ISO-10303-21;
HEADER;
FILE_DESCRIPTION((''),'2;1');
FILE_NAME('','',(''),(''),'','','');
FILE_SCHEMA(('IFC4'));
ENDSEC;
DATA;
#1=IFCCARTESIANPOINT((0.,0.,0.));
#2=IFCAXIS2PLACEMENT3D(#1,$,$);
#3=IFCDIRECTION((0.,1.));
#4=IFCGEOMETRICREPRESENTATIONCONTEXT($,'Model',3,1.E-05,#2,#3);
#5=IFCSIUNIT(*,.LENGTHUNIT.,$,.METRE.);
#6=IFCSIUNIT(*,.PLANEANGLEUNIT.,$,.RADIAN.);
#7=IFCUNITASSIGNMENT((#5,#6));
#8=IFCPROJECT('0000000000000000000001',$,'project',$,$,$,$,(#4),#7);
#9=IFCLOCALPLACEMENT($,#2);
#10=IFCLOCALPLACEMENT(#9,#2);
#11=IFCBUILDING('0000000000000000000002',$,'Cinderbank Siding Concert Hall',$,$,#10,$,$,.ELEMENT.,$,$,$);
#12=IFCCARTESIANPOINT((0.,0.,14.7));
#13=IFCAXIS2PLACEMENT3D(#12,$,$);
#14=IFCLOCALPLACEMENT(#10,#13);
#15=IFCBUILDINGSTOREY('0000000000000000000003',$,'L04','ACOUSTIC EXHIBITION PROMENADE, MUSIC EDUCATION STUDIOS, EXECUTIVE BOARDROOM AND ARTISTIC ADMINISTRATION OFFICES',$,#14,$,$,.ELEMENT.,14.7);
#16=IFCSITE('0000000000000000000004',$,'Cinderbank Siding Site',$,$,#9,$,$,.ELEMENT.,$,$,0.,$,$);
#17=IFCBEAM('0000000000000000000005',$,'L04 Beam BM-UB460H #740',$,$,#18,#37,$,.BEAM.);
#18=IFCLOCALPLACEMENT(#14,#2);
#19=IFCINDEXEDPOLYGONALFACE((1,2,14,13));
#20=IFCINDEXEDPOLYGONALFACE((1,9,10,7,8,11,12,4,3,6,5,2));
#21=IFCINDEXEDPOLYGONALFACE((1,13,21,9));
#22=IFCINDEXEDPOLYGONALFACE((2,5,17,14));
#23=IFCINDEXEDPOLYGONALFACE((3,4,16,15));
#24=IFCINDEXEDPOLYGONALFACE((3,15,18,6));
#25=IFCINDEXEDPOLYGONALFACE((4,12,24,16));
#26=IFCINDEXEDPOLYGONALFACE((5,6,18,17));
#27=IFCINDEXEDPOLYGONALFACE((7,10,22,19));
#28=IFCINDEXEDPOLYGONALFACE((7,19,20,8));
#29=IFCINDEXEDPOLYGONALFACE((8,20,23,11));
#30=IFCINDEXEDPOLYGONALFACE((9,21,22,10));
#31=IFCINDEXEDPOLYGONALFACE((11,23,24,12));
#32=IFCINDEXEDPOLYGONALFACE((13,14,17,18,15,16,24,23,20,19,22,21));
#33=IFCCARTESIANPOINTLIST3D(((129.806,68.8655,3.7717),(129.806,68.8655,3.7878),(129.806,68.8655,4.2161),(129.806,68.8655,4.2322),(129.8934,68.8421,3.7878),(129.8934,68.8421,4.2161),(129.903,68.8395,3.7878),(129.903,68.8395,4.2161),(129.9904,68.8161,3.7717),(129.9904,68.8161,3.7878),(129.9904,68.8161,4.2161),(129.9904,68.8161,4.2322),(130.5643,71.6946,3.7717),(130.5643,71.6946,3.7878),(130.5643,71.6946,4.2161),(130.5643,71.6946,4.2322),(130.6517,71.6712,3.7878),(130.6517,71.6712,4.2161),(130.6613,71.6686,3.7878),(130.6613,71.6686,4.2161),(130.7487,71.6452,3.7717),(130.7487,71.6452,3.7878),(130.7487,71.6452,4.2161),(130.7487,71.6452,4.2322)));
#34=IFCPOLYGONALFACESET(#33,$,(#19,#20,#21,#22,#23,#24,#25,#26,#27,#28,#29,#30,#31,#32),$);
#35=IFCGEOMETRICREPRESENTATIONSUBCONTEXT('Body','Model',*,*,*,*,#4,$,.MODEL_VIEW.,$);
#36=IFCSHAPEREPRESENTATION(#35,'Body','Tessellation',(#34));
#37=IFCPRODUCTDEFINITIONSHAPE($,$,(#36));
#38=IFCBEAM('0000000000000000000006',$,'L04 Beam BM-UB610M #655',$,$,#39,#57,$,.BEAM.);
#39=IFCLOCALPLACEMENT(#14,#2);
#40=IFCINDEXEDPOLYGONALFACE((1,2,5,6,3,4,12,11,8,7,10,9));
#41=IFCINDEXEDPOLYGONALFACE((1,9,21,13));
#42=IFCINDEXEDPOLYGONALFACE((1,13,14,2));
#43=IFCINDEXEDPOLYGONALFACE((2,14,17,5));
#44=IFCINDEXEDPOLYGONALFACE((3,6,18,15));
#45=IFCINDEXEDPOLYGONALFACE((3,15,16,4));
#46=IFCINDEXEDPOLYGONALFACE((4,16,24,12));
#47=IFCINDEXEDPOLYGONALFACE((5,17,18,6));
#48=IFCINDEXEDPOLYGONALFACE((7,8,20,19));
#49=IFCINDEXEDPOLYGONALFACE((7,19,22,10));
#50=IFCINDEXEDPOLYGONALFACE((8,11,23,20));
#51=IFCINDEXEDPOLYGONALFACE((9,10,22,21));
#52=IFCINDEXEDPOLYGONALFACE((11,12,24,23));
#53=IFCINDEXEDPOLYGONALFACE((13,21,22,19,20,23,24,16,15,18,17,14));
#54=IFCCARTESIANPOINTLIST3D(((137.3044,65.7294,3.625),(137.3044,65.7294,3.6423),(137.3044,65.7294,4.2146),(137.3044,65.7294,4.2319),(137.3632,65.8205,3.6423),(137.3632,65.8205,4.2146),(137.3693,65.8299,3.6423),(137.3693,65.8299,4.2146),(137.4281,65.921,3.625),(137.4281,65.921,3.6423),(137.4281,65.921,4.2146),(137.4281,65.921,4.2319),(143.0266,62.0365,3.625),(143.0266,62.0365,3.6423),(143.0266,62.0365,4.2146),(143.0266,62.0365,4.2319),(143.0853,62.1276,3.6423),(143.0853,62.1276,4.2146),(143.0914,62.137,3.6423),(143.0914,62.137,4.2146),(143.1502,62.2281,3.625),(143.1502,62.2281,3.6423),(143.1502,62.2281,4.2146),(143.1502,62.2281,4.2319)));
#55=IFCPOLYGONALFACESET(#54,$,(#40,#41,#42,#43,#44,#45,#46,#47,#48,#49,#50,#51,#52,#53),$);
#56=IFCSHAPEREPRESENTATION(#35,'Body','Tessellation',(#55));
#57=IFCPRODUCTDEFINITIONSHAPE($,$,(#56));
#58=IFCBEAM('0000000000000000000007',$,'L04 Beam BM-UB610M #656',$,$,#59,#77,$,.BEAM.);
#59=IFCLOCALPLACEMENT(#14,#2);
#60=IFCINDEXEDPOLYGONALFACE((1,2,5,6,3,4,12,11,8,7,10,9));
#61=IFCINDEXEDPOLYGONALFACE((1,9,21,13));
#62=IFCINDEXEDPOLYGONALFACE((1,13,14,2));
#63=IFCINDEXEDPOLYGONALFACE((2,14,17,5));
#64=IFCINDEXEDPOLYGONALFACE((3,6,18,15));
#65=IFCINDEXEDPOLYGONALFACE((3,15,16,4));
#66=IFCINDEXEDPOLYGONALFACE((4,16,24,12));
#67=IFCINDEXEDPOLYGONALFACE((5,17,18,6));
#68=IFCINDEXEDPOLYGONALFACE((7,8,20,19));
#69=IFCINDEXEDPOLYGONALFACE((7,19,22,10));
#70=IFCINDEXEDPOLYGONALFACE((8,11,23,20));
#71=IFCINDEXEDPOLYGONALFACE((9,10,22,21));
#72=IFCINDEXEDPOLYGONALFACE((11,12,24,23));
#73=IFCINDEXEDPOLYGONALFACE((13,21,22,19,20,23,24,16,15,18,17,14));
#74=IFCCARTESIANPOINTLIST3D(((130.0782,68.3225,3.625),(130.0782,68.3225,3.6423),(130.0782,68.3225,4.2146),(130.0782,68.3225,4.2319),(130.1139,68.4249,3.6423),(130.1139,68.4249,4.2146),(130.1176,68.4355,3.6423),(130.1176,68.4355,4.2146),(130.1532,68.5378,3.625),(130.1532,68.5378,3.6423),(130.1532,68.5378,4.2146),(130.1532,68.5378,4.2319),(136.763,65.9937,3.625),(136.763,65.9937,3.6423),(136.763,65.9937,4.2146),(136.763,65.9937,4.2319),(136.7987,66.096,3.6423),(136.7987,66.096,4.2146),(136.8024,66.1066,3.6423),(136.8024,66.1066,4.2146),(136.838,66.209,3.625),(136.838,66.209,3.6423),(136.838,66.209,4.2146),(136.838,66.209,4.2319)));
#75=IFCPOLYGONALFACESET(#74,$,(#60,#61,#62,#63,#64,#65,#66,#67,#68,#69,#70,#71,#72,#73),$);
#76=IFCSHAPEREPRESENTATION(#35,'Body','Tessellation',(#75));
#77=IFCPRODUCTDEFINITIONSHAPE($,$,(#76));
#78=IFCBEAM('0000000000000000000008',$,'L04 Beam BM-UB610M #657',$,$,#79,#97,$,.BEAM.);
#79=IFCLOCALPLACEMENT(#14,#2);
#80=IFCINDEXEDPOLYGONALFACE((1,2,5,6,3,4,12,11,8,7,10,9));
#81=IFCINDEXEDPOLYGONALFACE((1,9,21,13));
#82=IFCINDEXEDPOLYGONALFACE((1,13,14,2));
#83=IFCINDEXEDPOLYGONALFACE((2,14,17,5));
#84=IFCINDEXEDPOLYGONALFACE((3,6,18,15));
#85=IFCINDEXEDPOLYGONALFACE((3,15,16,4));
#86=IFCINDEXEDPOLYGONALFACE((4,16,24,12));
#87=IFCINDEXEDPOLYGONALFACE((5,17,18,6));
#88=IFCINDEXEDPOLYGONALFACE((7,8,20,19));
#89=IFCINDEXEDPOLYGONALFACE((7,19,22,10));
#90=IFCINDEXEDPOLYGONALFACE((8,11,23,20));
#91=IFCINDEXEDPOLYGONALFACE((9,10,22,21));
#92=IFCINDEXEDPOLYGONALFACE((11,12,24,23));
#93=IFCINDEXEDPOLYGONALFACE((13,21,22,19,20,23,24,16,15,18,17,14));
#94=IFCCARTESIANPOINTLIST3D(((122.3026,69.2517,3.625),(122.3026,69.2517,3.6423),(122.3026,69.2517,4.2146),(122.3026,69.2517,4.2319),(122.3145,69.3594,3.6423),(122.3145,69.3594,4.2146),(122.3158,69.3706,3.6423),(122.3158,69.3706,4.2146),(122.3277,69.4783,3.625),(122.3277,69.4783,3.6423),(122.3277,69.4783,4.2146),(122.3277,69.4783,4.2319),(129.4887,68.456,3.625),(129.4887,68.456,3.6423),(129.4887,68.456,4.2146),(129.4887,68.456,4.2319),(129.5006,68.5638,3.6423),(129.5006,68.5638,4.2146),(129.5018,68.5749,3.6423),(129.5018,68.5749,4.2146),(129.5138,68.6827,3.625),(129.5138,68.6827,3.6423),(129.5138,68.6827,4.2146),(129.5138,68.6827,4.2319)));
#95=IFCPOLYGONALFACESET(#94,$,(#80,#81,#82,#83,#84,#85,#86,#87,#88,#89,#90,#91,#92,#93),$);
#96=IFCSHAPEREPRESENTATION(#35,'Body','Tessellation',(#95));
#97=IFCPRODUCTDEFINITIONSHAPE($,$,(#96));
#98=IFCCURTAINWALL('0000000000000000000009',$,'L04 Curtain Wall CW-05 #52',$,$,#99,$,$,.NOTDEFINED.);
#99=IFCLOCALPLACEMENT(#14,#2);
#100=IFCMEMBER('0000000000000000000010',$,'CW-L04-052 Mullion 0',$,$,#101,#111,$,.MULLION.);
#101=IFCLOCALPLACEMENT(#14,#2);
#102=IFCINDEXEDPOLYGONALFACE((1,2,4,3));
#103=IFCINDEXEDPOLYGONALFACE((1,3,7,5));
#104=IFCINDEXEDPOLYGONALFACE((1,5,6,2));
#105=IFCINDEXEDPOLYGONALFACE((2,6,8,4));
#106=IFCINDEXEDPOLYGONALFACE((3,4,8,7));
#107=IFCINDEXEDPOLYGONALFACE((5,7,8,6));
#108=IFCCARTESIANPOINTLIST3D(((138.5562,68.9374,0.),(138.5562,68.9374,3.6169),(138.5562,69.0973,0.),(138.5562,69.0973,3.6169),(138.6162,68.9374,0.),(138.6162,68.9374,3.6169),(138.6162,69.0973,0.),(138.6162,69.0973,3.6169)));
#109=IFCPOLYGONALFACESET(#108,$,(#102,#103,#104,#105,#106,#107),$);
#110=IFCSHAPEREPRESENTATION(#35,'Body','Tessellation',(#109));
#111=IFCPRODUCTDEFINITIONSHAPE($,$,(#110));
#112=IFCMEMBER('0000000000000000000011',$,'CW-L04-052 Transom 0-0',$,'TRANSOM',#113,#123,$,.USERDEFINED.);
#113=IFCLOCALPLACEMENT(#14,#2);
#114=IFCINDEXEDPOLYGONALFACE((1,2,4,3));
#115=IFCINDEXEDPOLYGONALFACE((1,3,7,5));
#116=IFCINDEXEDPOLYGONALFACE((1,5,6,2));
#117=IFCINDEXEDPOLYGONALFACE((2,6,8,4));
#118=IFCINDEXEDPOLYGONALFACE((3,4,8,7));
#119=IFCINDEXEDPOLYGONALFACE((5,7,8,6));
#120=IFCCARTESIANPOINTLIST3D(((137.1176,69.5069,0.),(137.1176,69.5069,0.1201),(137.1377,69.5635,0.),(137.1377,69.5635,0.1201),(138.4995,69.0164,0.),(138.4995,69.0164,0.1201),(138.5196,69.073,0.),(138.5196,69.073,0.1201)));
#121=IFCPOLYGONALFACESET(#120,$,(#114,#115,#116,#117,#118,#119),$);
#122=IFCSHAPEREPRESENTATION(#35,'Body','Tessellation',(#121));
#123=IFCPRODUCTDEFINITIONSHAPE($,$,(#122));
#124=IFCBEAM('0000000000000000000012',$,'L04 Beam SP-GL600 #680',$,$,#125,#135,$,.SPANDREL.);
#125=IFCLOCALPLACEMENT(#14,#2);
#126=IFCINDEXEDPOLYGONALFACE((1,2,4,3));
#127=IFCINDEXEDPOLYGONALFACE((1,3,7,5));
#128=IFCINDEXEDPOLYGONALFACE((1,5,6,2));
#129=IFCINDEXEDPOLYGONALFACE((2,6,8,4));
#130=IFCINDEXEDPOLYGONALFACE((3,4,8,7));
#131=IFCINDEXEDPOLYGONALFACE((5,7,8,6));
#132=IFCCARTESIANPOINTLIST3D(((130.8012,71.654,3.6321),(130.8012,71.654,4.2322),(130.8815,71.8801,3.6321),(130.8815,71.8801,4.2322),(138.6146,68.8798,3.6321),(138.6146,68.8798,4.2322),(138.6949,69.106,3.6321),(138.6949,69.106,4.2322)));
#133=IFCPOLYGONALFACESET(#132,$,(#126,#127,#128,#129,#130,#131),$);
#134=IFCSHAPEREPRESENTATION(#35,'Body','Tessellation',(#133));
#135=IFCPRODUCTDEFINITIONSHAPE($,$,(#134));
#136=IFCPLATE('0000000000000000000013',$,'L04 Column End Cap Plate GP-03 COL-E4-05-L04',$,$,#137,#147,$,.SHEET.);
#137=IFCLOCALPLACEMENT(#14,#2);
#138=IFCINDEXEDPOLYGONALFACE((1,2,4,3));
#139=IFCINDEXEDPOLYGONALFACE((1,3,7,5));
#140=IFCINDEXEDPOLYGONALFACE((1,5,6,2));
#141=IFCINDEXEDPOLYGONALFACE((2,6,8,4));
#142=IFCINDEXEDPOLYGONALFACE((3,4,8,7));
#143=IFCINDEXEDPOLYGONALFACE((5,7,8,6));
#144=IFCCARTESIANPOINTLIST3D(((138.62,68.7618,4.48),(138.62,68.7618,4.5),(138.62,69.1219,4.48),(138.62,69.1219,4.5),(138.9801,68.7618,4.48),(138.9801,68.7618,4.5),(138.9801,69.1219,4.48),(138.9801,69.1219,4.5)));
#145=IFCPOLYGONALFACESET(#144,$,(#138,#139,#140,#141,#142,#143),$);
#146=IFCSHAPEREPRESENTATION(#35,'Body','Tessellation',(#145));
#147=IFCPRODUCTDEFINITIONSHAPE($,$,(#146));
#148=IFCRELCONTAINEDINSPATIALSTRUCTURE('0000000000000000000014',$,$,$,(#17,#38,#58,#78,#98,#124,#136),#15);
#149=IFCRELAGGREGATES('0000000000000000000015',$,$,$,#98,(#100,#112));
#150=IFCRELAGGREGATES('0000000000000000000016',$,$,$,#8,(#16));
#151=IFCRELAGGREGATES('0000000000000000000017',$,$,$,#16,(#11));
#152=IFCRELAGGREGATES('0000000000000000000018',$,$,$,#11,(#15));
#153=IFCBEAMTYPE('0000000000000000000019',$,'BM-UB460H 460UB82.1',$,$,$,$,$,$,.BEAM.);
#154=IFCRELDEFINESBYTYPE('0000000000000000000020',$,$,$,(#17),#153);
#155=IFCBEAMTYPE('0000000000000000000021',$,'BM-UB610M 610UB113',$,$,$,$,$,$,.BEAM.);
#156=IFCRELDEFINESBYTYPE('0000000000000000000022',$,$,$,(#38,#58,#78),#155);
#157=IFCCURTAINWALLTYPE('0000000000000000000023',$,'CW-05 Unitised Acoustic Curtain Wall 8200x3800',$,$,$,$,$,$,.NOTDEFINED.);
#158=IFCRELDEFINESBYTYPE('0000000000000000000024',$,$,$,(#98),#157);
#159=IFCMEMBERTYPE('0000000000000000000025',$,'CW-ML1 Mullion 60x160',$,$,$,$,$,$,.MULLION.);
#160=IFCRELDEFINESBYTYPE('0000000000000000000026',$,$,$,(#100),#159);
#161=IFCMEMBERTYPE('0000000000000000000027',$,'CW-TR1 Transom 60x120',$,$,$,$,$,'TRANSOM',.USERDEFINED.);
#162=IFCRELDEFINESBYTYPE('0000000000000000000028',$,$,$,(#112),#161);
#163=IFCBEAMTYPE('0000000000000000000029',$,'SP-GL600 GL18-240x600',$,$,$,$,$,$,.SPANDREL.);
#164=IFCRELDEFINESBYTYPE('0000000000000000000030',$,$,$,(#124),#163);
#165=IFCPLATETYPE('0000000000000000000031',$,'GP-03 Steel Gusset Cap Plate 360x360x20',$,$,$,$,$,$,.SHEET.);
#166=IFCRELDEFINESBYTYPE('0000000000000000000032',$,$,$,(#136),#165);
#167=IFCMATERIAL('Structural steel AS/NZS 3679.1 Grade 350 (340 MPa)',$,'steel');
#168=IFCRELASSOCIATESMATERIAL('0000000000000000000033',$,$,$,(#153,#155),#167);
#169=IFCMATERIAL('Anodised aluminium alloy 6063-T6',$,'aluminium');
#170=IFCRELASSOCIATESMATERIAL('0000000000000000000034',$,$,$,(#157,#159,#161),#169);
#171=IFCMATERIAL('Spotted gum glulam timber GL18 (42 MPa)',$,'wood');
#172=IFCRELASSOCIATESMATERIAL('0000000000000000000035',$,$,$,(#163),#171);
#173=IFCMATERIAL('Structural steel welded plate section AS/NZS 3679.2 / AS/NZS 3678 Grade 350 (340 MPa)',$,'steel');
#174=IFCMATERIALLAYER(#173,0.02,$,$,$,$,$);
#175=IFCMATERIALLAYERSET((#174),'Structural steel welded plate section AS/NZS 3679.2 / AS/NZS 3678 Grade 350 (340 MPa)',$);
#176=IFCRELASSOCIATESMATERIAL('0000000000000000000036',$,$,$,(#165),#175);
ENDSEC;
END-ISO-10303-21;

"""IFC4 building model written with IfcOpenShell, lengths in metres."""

from ifc_helpers import new_model, si_unit, direction, frame, origin, origin_2d, place, context, subcontext, project, spatial, rectangle, i_section, extrude, material, layer, layer_set, material_profile, profile_set, type_object, element, aggregate, save


model = new_model("IFC4")

# Units and contexts
model_context = context("Model", 3, precision=1e-05, world=origin(), true_north=direction((0.0, 1.0)))
body_context = subcontext(model_context, "Body", "Model", "MODEL_VIEW")
ifc_project = project(units=[si_unit("LENGTHUNIT", "METRE"), si_unit("PLANEANGLEUNIT", "RADIAN")], contexts=[model_context])

# Site, building, storey
site_placement = place(None, origin())
site = spatial("IfcSite", under=ifc_project, at=site_placement, Name="Cinderbank Siding Site", CompositionType="ELEMENT", RefElevation=0.0)
building_placement = place(site_placement, origin())
building = spatial("IfcBuilding", under=site, at=building_placement, Name="Cinderbank Siding Concert Hall", CompositionType="ELEMENT")
storey_placement = place(building_placement, frame((0.0, 0.0, 14.7)))
storey = spatial("IfcBuildingStorey", under=building, at=storey_placement, Name="L04", Description="ACOUSTIC EXHIBITION PROMENADE, MUSIC EDUCATION STUDIOS, EXECUTIVE BOARDROOM AND ARTISTIC ADMINISTRATION OFFICES", CompositionType="ELEMENT", Elevation=14.7)

# Beams
ifc_material_1 = material(Name="Structural steel AS/NZS 3679.1 Grade 350 (340 MPa)", Category="steel")
ifc_material_profile_1 = material_profile(ifc_material_1, i_section(OverallWidth=0.1909, OverallDepth=0.4604, WebThickness=0.01, FlangeThickness=0.0161, at=origin_2d()), Name="460UB82.1", Category="LoadBearing")
ifc_profile_set_1 = profile_set([ifc_material_profile_1], Name="Structural steel AS/NZS 3679.1 Grade 350 (340 MPa)")
beam_type_1 = type_object("IfcBeamType", Name="BM-UB460H 460UB82.1", PredefinedType="BEAM", material=ifc_profile_set_1)
for number, where, z_axis, x_axis, name in (
    (1, (129.8982, 68.8408, 4.002), (0.258897, 0.965905, 0.0), (-0.965905, 0.258897, 0.0), "L04 Beam BM-UB460H #740"),
):
    element("IfcBeam", number, at=place(storey_placement, frame(where, z_axis=z_axis, x_axis=x_axis)), inside=storey, type_object=beam_type_1, Name=name, PredefinedType="BEAM", context=body_context, shape_type="SweptSolid", body=[
        extrude(i_section(OverallWidth=0.1909, OverallDepth=0.4604, WebThickness=0.01, FlangeThickness=0.0161, at=origin_2d()), origin(), (0.0, 0.0, 1.0), 2.929),
    ])
ifc_material_profile_2 = material_profile(ifc_material_1, i_section(OverallWidth=0.228, OverallDepth=0.6069, WebThickness=0.0112, FlangeThickness=0.0173, at=origin_2d()), Name="610UB113", Category="LoadBearing")
ifc_profile_set_2 = profile_set([ifc_material_profile_2], Name="Structural steel AS/NZS 3679.1 Grade 350 (340 MPa)")
beam_type_2 = type_object("IfcBeamType", Name="BM-UB610M 610UB113", PredefinedType="BEAM", material=ifc_profile_set_2)
beam_1_placement = place(storey_placement, frame((143.0884, 62.1323, 3.9285), z_axis=(-0.84022, 0.542246, 0.0), x_axis=(-0.542246, -0.84022, 0.0)))
element("IfcBeam", 2, at=beam_1_placement, inside=storey, type_object=beam_type_2, Name="L04 Beam BM-UB610M #655", PredefinedType="BEAM", context=body_context, shape_type="SweptSolid", body=[
    extrude(i_section(OverallWidth=0.228, OverallDepth=0.6069, WebThickness=0.0112, FlangeThickness=0.0173, at=origin_2d()), origin(), (0.0, 0.0, 1.0), 6.8103),
])
beam_2_placement = place(storey_placement, frame((136.8005, 66.1013, 3.9285), z_axis=(-0.944334, 0.328987, 0.0), x_axis=(-0.328987, -0.944334, 0.0)))
element("IfcBeam", 3, at=beam_2_placement, inside=storey, type_object=beam_type_2, Name="L04 Beam BM-UB610M #656", PredefinedType="BEAM", context=body_context, shape_type="SweptSolid", body=[
    extrude(i_section(OverallWidth=0.228, OverallDepth=0.6069, WebThickness=0.0112, FlangeThickness=0.0173, at=origin_2d()), origin(), (0.0, 0.0, 1.0), 7.0789),
])
beam_3_placement = place(storey_placement, frame((129.5012, 68.5693, 3.9285), z_axis=(-0.993926, 0.11005, 0.0), x_axis=(-0.11005, -0.993926, 0.0)))
element("IfcBeam", 4, at=beam_3_placement, inside=storey, type_object=beam_type_2, Name="L04 Beam BM-UB610M #657", PredefinedType="BEAM", context=body_context, shape_type="SweptSolid", body=[
    extrude(i_section(OverallWidth=0.228, OverallDepth=0.6069, WebThickness=0.0112, FlangeThickness=0.0173, at=origin_2d()), origin(), (0.0, 0.0, 1.0), 7.23),
])

# Curtain wall, members
ifc_material_2 = material(Name="Anodised aluminium alloy 6063-T6", Category="aluminium")
curtain_wall_type = type_object("IfcCurtainWallType", Name="CW-05 Unitised Acoustic Curtain Wall 8200x3800", PredefinedType="NOTDEFINED", material=ifc_material_2)
curtain_wall_placement = place(storey_placement, origin())
curtain_wall = element("IfcCurtainWall", 5, at=curtain_wall_placement, inside=storey, type_object=curtain_wall_type, Name="L04 Curtain Wall CW-05 #52", PredefinedType="NOTDEFINED")
ifc_material_profile_3 = material_profile(ifc_material_2, rectangle(XDim=0.0601, YDim=0.1599, at=origin_2d()), Name="ALU-MULL-60x160", Category="LoadBearing")
ifc_profile_set_3 = profile_set([ifc_material_profile_3], Name="Anodised aluminium alloy 6063-T6")
member_type_1 = type_object("IfcMemberType", Name="CW-ML1 Mullion 60x160", PredefinedType="MULLION", material=ifc_profile_set_3)
member_1_placement = place(storey_placement, frame((138.5862, 69.0173, 0.0), z_axis=(0.0, 0.0, 1.0), x_axis=(1.0, 0.0, 0.0)))
member_1 = element("IfcMember", 6, at=member_1_placement, type_object=member_type_1, Name="CW-L04-052 Mullion 0", PredefinedType="MULLION", context=body_context, shape_type="SweptSolid", body=[
    extrude(rectangle(XDim=0.0601, YDim=0.1599, at=origin_2d()), origin(), (0.0, 0.0, 1.0), 3.6169),
])
ifc_material_profile_4 = material_profile(ifc_material_2, rectangle(XDim=0.0601, YDim=0.1201, at=origin_2d()), Name="ALU-TRAN-60x120", Category="LoadBearing")
ifc_profile_set_4 = profile_set([ifc_material_profile_4], Name="Anodised aluminium alloy 6063-T6")
member_type_2 = type_object("IfcMemberType", Name="CW-TR1 Transom 60x120", ElementType="TRANSOM", PredefinedType="USERDEFINED", material=ifc_profile_set_4)
member_2_placement = place(storey_placement, frame((138.5095, 69.0447, 0.0601), z_axis=(-0.942396, 0.3345, 0.0), x_axis=(-0.3345, -0.942396, 0.0)))
member_2 = element("IfcMember", 7, at=member_2_placement, type_object=member_type_2, Name="CW-L04-052 Transom 0-0", ObjectType="TRANSOM", PredefinedType="USERDEFINED", context=body_context, shape_type="SweptSolid", body=[
    extrude(rectangle(XDim=0.0601, YDim=0.1201, at=origin_2d()), origin(), (0.0, 0.0, 1.0), 1.4663),
])
aggregate(curtain_wall, [member_1, member_2])

# Beam
ifc_material_3 = material(Name="Spotted gum glulam timber GL18 (42 MPa)", Category="wood")
ifc_material_profile_5 = material_profile(ifc_material_3, rectangle(XDim=0.24, YDim=0.6001, at=origin_2d()), Name="GL18-240x600", Category="LoadBearing")
ifc_profile_set_5 = profile_set([ifc_material_profile_5], Name="Spotted gum glulam timber GL18 (42 MPa)")
beam_type_3 = type_object("IfcBeamType", Name="SP-GL600 GL18-240x600", PredefinedType="SPANDREL", material=ifc_profile_set_5)
beam_4_placement = place(storey_placement, frame((138.6548, 68.9929, 3.9321), z_axis=(-0.942365, 0.334586, 0.0), x_axis=(-0.334586, -0.942365, 0.0)))
element("IfcBeam", 8, at=beam_4_placement, inside=storey, type_object=beam_type_3, Name="L04 Beam SP-GL600 #680", PredefinedType="SPANDREL", context=body_context, shape_type="SweptSolid", body=[
    extrude(rectangle(XDim=0.24, YDim=0.6001, at=origin_2d()), origin(), (0.0, 0.0, 1.0), 8.2913),
])

# Plate
ifc_material_4 = material(Name="Structural steel welded plate section AS/NZS 3679.2 / AS/NZS 3678 Grade 350 (340 MPa)", Category="steel")
ifc_layer_1 = layer(ifc_material_4, 0.02)
ifc_layer_set_1 = layer_set([ifc_layer_1], Name="Structural steel welded plate section AS/NZS 3679.2 / AS/NZS 3678 Grade 350 (340 MPa)")
plate_type = type_object("IfcPlateType", Name="GP-03 Steel Gusset Cap Plate 360x360x20", PredefinedType="SHEET", material=ifc_layer_set_1)
plate_placement = place(storey_placement, frame((138.8, 68.9419, 4.48), z_axis=(0.0, 0.0, 1.0), x_axis=(1.0, 0.0, 0.0)))
element("IfcPlate", 9, at=plate_placement, inside=storey, type_object=plate_type, Name="L04 Column End Cap Plate GP-03 COL-E4-05-L04", PredefinedType="SHEET", context=body_context, shape_type="SweptSolid", body=[
    extrude(rectangle(XDim=0.3601, YDim=0.3601, at=origin_2d()), origin(), (0.0, 0.0, 1.0), 0.02),
])

save(model, "model.ifc")
